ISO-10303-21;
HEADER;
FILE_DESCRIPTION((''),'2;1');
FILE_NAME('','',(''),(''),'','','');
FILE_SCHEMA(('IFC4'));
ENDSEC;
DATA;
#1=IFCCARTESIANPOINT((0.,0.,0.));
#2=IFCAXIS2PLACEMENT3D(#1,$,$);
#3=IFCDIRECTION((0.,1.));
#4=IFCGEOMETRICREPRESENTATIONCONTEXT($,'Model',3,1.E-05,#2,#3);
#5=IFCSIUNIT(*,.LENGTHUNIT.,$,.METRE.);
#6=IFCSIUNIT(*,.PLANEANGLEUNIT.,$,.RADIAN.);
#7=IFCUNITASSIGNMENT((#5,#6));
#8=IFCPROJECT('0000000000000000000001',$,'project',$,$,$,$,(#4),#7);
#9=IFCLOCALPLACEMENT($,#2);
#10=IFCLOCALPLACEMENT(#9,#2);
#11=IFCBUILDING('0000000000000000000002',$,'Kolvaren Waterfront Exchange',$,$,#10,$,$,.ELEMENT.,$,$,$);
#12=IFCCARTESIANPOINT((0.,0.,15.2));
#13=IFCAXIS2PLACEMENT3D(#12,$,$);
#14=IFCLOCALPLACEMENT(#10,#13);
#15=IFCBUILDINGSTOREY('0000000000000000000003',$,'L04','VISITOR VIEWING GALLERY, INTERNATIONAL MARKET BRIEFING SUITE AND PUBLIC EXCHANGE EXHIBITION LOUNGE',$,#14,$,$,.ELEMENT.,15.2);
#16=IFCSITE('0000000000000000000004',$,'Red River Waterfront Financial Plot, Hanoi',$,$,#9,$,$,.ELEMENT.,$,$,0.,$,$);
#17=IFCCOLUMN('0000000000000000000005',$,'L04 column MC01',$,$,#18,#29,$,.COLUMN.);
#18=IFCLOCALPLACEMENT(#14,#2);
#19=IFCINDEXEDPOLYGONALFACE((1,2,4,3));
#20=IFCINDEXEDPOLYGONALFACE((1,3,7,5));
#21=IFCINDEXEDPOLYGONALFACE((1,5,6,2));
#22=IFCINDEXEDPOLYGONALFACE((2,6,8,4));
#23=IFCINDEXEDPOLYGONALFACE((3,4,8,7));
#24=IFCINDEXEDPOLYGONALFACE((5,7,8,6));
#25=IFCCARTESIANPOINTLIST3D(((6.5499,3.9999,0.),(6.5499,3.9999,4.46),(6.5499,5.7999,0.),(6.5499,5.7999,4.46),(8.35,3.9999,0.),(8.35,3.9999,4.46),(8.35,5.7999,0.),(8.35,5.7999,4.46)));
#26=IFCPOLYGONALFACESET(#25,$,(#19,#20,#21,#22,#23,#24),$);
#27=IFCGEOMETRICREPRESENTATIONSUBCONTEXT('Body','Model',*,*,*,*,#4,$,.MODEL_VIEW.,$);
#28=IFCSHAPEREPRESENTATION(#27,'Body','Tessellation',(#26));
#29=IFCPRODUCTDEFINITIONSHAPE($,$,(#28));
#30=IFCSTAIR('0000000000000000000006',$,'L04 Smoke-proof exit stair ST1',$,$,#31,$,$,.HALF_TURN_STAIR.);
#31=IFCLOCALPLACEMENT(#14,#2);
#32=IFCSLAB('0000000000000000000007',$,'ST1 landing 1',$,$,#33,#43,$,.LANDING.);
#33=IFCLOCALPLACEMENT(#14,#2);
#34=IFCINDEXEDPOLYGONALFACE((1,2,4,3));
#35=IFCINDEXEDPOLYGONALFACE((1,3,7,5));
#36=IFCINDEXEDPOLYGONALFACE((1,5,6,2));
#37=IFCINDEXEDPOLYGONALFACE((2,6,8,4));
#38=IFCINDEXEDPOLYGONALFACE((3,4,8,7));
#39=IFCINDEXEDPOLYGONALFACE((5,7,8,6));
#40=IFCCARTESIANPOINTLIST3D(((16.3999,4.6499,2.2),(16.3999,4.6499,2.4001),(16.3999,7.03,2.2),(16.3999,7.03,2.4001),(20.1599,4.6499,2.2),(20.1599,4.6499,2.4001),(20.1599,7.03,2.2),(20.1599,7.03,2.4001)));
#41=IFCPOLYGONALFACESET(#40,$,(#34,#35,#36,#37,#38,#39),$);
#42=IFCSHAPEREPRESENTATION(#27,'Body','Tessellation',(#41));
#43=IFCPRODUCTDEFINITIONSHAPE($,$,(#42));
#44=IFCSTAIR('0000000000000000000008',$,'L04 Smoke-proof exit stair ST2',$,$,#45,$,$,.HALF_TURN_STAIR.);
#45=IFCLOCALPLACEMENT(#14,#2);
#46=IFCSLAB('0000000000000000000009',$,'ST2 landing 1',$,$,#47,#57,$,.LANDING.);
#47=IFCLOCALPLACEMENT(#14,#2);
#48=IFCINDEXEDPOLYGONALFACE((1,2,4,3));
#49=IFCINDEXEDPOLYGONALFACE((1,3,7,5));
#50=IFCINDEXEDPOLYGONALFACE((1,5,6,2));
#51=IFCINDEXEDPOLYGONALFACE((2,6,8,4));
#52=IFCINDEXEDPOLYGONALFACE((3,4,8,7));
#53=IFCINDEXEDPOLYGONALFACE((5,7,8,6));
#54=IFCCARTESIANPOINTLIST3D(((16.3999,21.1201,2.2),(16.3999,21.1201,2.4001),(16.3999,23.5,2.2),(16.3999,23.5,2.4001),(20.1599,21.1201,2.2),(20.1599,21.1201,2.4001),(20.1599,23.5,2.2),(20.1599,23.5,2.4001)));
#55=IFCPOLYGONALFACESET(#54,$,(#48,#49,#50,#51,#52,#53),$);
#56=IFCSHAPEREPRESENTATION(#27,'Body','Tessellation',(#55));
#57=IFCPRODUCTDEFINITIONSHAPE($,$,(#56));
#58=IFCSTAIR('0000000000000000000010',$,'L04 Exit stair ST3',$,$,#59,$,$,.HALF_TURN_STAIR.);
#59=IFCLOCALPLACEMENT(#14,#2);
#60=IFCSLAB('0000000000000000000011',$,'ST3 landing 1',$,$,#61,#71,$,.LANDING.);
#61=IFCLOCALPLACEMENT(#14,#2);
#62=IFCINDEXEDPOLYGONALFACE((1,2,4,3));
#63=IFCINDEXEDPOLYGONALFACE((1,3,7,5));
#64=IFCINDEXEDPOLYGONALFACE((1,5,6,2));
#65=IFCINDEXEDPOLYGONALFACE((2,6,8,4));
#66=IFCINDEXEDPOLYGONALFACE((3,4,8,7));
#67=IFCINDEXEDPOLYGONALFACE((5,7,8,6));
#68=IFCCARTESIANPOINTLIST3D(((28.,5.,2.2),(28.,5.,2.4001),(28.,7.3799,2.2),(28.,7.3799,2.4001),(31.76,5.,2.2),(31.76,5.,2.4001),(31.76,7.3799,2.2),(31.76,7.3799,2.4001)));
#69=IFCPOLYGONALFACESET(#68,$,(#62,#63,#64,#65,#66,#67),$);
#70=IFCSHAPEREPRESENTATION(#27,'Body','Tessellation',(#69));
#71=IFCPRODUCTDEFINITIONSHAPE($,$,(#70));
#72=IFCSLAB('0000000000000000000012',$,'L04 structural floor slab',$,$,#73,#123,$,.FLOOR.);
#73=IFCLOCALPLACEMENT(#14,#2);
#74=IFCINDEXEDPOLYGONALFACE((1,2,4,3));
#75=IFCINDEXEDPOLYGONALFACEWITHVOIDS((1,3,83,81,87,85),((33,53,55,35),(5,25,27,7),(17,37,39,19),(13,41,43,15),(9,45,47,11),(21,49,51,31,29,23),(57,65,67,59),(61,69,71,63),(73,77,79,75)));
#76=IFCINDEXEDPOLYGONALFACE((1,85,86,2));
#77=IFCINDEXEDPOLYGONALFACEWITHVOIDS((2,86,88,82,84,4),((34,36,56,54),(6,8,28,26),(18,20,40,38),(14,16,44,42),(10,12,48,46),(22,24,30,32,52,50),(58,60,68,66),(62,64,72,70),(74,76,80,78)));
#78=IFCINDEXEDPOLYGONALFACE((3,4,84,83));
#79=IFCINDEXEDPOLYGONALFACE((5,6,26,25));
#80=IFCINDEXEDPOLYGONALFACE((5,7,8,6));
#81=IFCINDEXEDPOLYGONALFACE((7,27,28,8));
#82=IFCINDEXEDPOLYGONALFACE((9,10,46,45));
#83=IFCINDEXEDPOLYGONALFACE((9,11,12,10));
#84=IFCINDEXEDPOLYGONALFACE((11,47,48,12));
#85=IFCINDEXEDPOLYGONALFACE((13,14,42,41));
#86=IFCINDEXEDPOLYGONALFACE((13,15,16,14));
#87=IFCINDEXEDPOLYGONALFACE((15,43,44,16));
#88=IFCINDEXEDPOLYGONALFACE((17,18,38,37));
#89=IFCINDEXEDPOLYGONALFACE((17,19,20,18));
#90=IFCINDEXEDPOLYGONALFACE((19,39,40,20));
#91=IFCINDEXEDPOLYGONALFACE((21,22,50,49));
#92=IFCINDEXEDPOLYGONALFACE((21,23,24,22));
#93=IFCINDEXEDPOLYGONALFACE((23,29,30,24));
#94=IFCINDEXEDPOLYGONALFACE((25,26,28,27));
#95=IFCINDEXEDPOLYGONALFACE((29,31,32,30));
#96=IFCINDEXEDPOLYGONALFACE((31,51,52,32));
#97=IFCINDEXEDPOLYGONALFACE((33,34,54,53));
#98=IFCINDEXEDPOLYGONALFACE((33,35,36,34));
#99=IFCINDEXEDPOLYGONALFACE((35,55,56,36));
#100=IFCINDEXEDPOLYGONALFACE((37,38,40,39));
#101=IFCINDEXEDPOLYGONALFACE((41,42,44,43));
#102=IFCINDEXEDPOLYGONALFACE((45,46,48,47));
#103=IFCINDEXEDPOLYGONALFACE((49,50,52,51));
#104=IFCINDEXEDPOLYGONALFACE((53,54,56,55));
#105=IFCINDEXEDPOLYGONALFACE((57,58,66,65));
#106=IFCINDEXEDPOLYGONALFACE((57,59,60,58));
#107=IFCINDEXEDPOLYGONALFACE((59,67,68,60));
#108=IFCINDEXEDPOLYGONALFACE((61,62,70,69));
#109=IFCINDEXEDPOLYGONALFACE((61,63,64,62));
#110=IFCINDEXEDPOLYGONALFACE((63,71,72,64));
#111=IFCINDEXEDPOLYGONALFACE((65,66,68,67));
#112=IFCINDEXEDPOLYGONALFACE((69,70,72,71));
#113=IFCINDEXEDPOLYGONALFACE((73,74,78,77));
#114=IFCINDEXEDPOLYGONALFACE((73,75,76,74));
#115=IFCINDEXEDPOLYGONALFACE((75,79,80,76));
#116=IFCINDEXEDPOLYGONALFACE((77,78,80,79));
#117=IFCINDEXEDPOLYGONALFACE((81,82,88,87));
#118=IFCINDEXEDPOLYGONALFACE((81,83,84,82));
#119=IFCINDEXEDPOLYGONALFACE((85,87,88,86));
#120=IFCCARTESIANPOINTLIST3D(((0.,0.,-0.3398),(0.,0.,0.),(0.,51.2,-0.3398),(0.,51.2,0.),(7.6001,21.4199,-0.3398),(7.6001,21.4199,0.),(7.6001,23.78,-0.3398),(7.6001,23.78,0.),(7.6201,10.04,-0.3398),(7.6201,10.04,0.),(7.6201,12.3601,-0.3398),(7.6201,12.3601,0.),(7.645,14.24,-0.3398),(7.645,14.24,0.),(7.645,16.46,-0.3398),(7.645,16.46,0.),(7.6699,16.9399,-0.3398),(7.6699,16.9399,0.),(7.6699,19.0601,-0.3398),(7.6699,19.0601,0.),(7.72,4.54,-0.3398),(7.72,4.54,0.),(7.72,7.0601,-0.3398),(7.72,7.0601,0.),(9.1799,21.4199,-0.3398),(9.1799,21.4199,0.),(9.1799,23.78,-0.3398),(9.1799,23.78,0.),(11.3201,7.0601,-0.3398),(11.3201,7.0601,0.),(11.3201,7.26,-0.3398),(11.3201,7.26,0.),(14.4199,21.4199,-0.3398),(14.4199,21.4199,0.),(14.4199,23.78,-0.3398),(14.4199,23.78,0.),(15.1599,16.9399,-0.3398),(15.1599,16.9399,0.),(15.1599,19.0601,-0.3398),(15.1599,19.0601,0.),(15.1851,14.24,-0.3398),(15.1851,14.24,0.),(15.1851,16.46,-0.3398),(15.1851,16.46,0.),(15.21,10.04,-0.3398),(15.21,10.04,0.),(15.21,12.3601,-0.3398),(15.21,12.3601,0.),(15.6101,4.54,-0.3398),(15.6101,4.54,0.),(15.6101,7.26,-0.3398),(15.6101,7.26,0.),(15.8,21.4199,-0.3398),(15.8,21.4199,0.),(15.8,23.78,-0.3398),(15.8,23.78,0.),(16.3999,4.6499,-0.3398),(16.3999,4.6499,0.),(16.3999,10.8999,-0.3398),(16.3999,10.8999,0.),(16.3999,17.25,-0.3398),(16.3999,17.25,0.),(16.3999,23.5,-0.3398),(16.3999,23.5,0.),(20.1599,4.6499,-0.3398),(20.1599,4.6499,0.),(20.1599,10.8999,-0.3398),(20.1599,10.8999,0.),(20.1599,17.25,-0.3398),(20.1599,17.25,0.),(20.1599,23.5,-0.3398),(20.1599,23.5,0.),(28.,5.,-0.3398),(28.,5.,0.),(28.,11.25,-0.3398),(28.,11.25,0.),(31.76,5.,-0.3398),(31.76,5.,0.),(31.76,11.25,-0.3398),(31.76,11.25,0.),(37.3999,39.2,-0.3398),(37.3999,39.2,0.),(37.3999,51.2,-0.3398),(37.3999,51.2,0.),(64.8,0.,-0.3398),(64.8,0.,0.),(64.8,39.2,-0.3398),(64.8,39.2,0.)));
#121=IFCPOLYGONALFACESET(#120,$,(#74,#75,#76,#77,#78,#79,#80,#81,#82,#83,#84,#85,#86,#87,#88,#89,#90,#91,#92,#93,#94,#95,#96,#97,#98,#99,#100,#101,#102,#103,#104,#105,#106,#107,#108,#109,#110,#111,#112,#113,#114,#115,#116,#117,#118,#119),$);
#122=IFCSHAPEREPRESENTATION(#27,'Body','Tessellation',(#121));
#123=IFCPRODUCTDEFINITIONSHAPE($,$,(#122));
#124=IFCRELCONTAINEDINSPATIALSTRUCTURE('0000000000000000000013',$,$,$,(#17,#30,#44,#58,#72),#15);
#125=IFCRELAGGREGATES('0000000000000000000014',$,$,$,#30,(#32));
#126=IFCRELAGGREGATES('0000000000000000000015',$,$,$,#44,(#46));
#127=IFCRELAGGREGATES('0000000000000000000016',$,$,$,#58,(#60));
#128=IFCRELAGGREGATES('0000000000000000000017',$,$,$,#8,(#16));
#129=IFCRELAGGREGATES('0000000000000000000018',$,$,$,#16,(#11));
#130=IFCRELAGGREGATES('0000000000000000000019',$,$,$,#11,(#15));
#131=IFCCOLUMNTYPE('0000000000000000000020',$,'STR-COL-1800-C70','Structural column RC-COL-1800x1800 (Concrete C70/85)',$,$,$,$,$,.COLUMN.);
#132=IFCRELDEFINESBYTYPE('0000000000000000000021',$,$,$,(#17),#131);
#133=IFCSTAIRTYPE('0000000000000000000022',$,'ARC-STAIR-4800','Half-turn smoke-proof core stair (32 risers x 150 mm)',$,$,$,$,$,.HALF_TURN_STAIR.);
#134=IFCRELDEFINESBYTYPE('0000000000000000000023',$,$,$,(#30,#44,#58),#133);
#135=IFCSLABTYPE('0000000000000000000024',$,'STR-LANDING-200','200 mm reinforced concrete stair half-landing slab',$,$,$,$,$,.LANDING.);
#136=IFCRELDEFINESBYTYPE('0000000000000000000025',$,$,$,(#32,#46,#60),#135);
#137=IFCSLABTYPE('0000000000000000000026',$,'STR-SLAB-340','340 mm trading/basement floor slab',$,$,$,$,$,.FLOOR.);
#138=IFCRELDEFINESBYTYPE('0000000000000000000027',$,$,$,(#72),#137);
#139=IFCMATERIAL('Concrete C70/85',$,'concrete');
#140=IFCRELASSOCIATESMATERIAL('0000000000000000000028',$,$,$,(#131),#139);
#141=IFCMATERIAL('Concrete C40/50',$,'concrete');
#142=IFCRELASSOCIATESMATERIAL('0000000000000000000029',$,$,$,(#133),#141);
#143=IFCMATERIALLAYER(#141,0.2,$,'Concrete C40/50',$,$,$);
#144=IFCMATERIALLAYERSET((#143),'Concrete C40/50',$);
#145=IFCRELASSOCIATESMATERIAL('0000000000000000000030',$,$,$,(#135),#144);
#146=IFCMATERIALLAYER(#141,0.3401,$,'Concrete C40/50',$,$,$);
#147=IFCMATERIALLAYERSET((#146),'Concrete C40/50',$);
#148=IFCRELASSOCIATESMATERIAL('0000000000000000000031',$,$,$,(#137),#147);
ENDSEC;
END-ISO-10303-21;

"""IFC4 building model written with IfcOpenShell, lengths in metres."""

from ifc_helpers import new_model, si_unit, direction, frame, origin, origin_2d, place, context, subcontext, project, spatial, polyline, rectangle, outline, extrude, material, layer, layer_set, material_profile, profile_set, type_object, element, aggregate, save


model = new_model("IFC4")

# Units and contexts
model_context = context("Model", 3, precision=1e-05, world=origin(), true_north=direction((0.0, 1.0)))
body_context = subcontext(model_context, "Body", "Model", "MODEL_VIEW")
ifc_project = project(units=[si_unit("LENGTHUNIT", "METRE"), si_unit("PLANEANGLEUNIT", "RADIAN")], contexts=[model_context])

# Site, building, storey
site_placement = place(None, origin())
site = spatial("IfcSite", under=ifc_project, at=site_placement, Name="Red River Waterfront Financial Plot, Hanoi", CompositionType="ELEMENT", RefElevation=0.0)
building_placement = place(site_placement, origin())
building = spatial("IfcBuilding", under=site, at=building_placement, Name="Kolvaren Waterfront Exchange", CompositionType="ELEMENT")
storey_placement = place(building_placement, frame((0.0, 0.0, 15.2)))
storey = spatial("IfcBuildingStorey", under=building, at=storey_placement, Name="L04", Description="VISITOR VIEWING GALLERY, INTERNATIONAL MARKET BRIEFING SUITE AND PUBLIC EXCHANGE EXHIBITION LOUNGE", CompositionType="ELEMENT", Elevation=15.2)

# Column
ifc_material_1 = material(Name="Concrete C70/85", Category="concrete")
ifc_material_profile = material_profile(ifc_material_1, rectangle(XDim=1.8, YDim=1.8, at=origin_2d()), Name="RC-COL-1800x1800")
ifc_profile_set = profile_set([ifc_material_profile], Name="Concrete C70/85")
column_type = type_object("IfcColumnType", Name="STR-COL-1800-C70", Description="Structural column RC-COL-1800x1800 (Concrete C70/85)", PredefinedType="COLUMN", material=ifc_profile_set)
column_placement = place(storey_placement, frame((7.45, 4.8999, 0.0), z_axis=(0.0, 0.0, 1.0), x_axis=(1.0, 0.0, 0.0)))
element("IfcColumn", 1, at=column_placement, inside=storey, type_object=column_type, Name="L04 column MC01", PredefinedType="COLUMN", context=body_context, shape_type="SweptSolid", body=[
    extrude(rectangle(XDim=1.8, YDim=1.8, at=origin_2d()), origin(), (0.0, 0.0, 1.0), 4.46),
])

# Stairs, slabs
ifc_material_2 = material(Name="Concrete C40/50", Category="concrete")
stair_type = type_object("IfcStairType", Name="ARC-STAIR-4800", Description="Half-turn smoke-proof core stair (32 risers x 150 mm)", PredefinedType="HALF_TURN_STAIR", material=ifc_material_2)
stair_1_placement = place(storey_placement, origin())
stair_1 = element("IfcStair", 2, at=stair_1_placement, inside=storey, type_object=stair_type, Name="L04 Smoke-proof exit stair ST1", PredefinedType="HALF_TURN_STAIR")
ifc_layer_1 = layer(ifc_material_2, 0.2, Name="Concrete C40/50")
ifc_layer_set_1 = layer_set([ifc_layer_1], Name="Concrete C40/50")
slab_type_1 = type_object("IfcSlabType", Name="STR-LANDING-200", Description="200 mm reinforced concrete stair half-landing slab", PredefinedType="LANDING", material=ifc_layer_set_1)
slab_1_placement = place(storey_placement, frame((0.0, 0.0, 2.2)))
slab_1 = element("IfcSlab", 3, at=slab_1_placement, type_object=slab_type_1, Name="ST1 landing 1", PredefinedType="LANDING", context=body_context, shape_type="SweptSolid", body=[
    extrude(outline(polyline([(16.3999, 7.03), (16.3999, 4.6499), (20.1599, 4.6499), (20.1599, 7.03), (16.3999, 7.03)])), origin(), (0.0, 0.0, 1.0), 0.2002),
])
aggregate(stair_1, [slab_1])
stair_2_placement = place(storey_placement, origin())
stair_2 = element("IfcStair", 4, at=stair_2_placement, inside=storey, type_object=stair_type, Name="L04 Smoke-proof exit stair ST2", PredefinedType="HALF_TURN_STAIR")
slab_2_placement = place(storey_placement, frame((0.0, 0.0, 2.2)))
slab_2 = element("IfcSlab", 5, at=slab_2_placement, type_object=slab_type_1, Name="ST2 landing 1", PredefinedType="LANDING", context=body_context, shape_type="SweptSolid", body=[
    extrude(outline(polyline([(20.1599, 21.1201), (20.1599, 23.5), (16.3999, 23.5), (16.3999, 21.1201), (20.1599, 21.1201)])), origin(), (0.0, 0.0, 1.0), 0.2002),
])
aggregate(stair_2, [slab_2])
stair_3_placement = place(storey_placement, origin())
stair_3 = element("IfcStair", 6, at=stair_3_placement, inside=storey, type_object=stair_type, Name="L04 Exit stair ST3", PredefinedType="HALF_TURN_STAIR")
slab_3_placement = place(storey_placement, frame((0.0, 0.0, 2.2)))
slab_3 = element("IfcSlab", 7, at=slab_3_placement, type_object=slab_type_1, Name="ST3 landing 1", PredefinedType="LANDING", context=body_context, shape_type="SweptSolid", body=[
    extrude(outline(polyline([(28.0, 7.3799), (28.0, 5.0), (31.76, 5.0), (31.76, 7.3799), (28.0, 7.3799)])), origin(), (0.0, 0.0, 1.0), 0.2002),
])
aggregate(stair_3, [slab_3])

# Slab
ifc_layer_2 = layer(ifc_material_2, 0.3401, Name="Concrete C40/50")
ifc_layer_set_2 = layer_set([ifc_layer_2], Name="Concrete C40/50")
slab_type_2 = type_object("IfcSlabType", Name="STR-SLAB-340", Description="340 mm trading/basement floor slab", PredefinedType="FLOOR", material=ifc_layer_set_2)
slab_4_placement = place(storey_placement, frame((0.0, 0.0, -0.3398)))
element("IfcSlab", 8, at=slab_4_placement, inside=storey, type_object=slab_type_2, Name="L04 structural floor slab", PredefinedType="FLOOR", context=body_context, shape_type="SweptSolid", body=[
    extrude(outline(polyline([(0.0, 0.0), (64.8, 0.0), (64.8, 39.2), (37.3999, 39.2), (37.3999, 51.2), (0.0, 51.2), (0.0, 0.0)]), holes=[polyline([(11.3201, 7.26), (15.6101, 7.26), (15.6101, 4.54), (7.72, 4.54), (7.72, 7.0601), (11.3201, 7.0601), (11.3201, 7.26)]), polyline([(20.1599, 4.6499), (16.3999, 4.6499), (16.3999, 10.8999), (20.1599, 10.8999), (20.1599, 4.6499)]), polyline([(31.76, 5.0), (28.0, 5.0), (28.0, 11.25), (31.76, 11.25), (31.76, 5.0)]), polyline([(15.21, 10.04), (7.6201, 10.04), (7.6201, 12.3601), (15.21, 12.3601), (15.21, 10.04)]), polyline([(7.645, 16.46), (15.1851, 16.46), (15.1851, 14.24), (7.645, 14.24), (7.645, 16.46)]), polyline([(15.1599, 16.9399), (7.6699, 16.9399), (7.6699, 19.0601), (15.1599, 19.0601), (15.1599, 16.9399)]), polyline([(16.3999, 23.5), (20.1599, 23.5), (20.1599, 17.25), (16.3999, 17.25), (16.3999, 23.5)]), polyline([(7.6001, 23.78), (9.1799, 23.78), (9.1799, 21.4199), (7.6001, 21.4199), (7.6001, 23.78)]), polyline([(15.8, 23.78), (15.8, 21.4199), (14.4199, 21.4199), (14.4199, 23.78), (15.8, 23.78)])]), origin(), (0.0, 0.0, 1.0), 0.3398),
])

save(model, "model.ifc")
